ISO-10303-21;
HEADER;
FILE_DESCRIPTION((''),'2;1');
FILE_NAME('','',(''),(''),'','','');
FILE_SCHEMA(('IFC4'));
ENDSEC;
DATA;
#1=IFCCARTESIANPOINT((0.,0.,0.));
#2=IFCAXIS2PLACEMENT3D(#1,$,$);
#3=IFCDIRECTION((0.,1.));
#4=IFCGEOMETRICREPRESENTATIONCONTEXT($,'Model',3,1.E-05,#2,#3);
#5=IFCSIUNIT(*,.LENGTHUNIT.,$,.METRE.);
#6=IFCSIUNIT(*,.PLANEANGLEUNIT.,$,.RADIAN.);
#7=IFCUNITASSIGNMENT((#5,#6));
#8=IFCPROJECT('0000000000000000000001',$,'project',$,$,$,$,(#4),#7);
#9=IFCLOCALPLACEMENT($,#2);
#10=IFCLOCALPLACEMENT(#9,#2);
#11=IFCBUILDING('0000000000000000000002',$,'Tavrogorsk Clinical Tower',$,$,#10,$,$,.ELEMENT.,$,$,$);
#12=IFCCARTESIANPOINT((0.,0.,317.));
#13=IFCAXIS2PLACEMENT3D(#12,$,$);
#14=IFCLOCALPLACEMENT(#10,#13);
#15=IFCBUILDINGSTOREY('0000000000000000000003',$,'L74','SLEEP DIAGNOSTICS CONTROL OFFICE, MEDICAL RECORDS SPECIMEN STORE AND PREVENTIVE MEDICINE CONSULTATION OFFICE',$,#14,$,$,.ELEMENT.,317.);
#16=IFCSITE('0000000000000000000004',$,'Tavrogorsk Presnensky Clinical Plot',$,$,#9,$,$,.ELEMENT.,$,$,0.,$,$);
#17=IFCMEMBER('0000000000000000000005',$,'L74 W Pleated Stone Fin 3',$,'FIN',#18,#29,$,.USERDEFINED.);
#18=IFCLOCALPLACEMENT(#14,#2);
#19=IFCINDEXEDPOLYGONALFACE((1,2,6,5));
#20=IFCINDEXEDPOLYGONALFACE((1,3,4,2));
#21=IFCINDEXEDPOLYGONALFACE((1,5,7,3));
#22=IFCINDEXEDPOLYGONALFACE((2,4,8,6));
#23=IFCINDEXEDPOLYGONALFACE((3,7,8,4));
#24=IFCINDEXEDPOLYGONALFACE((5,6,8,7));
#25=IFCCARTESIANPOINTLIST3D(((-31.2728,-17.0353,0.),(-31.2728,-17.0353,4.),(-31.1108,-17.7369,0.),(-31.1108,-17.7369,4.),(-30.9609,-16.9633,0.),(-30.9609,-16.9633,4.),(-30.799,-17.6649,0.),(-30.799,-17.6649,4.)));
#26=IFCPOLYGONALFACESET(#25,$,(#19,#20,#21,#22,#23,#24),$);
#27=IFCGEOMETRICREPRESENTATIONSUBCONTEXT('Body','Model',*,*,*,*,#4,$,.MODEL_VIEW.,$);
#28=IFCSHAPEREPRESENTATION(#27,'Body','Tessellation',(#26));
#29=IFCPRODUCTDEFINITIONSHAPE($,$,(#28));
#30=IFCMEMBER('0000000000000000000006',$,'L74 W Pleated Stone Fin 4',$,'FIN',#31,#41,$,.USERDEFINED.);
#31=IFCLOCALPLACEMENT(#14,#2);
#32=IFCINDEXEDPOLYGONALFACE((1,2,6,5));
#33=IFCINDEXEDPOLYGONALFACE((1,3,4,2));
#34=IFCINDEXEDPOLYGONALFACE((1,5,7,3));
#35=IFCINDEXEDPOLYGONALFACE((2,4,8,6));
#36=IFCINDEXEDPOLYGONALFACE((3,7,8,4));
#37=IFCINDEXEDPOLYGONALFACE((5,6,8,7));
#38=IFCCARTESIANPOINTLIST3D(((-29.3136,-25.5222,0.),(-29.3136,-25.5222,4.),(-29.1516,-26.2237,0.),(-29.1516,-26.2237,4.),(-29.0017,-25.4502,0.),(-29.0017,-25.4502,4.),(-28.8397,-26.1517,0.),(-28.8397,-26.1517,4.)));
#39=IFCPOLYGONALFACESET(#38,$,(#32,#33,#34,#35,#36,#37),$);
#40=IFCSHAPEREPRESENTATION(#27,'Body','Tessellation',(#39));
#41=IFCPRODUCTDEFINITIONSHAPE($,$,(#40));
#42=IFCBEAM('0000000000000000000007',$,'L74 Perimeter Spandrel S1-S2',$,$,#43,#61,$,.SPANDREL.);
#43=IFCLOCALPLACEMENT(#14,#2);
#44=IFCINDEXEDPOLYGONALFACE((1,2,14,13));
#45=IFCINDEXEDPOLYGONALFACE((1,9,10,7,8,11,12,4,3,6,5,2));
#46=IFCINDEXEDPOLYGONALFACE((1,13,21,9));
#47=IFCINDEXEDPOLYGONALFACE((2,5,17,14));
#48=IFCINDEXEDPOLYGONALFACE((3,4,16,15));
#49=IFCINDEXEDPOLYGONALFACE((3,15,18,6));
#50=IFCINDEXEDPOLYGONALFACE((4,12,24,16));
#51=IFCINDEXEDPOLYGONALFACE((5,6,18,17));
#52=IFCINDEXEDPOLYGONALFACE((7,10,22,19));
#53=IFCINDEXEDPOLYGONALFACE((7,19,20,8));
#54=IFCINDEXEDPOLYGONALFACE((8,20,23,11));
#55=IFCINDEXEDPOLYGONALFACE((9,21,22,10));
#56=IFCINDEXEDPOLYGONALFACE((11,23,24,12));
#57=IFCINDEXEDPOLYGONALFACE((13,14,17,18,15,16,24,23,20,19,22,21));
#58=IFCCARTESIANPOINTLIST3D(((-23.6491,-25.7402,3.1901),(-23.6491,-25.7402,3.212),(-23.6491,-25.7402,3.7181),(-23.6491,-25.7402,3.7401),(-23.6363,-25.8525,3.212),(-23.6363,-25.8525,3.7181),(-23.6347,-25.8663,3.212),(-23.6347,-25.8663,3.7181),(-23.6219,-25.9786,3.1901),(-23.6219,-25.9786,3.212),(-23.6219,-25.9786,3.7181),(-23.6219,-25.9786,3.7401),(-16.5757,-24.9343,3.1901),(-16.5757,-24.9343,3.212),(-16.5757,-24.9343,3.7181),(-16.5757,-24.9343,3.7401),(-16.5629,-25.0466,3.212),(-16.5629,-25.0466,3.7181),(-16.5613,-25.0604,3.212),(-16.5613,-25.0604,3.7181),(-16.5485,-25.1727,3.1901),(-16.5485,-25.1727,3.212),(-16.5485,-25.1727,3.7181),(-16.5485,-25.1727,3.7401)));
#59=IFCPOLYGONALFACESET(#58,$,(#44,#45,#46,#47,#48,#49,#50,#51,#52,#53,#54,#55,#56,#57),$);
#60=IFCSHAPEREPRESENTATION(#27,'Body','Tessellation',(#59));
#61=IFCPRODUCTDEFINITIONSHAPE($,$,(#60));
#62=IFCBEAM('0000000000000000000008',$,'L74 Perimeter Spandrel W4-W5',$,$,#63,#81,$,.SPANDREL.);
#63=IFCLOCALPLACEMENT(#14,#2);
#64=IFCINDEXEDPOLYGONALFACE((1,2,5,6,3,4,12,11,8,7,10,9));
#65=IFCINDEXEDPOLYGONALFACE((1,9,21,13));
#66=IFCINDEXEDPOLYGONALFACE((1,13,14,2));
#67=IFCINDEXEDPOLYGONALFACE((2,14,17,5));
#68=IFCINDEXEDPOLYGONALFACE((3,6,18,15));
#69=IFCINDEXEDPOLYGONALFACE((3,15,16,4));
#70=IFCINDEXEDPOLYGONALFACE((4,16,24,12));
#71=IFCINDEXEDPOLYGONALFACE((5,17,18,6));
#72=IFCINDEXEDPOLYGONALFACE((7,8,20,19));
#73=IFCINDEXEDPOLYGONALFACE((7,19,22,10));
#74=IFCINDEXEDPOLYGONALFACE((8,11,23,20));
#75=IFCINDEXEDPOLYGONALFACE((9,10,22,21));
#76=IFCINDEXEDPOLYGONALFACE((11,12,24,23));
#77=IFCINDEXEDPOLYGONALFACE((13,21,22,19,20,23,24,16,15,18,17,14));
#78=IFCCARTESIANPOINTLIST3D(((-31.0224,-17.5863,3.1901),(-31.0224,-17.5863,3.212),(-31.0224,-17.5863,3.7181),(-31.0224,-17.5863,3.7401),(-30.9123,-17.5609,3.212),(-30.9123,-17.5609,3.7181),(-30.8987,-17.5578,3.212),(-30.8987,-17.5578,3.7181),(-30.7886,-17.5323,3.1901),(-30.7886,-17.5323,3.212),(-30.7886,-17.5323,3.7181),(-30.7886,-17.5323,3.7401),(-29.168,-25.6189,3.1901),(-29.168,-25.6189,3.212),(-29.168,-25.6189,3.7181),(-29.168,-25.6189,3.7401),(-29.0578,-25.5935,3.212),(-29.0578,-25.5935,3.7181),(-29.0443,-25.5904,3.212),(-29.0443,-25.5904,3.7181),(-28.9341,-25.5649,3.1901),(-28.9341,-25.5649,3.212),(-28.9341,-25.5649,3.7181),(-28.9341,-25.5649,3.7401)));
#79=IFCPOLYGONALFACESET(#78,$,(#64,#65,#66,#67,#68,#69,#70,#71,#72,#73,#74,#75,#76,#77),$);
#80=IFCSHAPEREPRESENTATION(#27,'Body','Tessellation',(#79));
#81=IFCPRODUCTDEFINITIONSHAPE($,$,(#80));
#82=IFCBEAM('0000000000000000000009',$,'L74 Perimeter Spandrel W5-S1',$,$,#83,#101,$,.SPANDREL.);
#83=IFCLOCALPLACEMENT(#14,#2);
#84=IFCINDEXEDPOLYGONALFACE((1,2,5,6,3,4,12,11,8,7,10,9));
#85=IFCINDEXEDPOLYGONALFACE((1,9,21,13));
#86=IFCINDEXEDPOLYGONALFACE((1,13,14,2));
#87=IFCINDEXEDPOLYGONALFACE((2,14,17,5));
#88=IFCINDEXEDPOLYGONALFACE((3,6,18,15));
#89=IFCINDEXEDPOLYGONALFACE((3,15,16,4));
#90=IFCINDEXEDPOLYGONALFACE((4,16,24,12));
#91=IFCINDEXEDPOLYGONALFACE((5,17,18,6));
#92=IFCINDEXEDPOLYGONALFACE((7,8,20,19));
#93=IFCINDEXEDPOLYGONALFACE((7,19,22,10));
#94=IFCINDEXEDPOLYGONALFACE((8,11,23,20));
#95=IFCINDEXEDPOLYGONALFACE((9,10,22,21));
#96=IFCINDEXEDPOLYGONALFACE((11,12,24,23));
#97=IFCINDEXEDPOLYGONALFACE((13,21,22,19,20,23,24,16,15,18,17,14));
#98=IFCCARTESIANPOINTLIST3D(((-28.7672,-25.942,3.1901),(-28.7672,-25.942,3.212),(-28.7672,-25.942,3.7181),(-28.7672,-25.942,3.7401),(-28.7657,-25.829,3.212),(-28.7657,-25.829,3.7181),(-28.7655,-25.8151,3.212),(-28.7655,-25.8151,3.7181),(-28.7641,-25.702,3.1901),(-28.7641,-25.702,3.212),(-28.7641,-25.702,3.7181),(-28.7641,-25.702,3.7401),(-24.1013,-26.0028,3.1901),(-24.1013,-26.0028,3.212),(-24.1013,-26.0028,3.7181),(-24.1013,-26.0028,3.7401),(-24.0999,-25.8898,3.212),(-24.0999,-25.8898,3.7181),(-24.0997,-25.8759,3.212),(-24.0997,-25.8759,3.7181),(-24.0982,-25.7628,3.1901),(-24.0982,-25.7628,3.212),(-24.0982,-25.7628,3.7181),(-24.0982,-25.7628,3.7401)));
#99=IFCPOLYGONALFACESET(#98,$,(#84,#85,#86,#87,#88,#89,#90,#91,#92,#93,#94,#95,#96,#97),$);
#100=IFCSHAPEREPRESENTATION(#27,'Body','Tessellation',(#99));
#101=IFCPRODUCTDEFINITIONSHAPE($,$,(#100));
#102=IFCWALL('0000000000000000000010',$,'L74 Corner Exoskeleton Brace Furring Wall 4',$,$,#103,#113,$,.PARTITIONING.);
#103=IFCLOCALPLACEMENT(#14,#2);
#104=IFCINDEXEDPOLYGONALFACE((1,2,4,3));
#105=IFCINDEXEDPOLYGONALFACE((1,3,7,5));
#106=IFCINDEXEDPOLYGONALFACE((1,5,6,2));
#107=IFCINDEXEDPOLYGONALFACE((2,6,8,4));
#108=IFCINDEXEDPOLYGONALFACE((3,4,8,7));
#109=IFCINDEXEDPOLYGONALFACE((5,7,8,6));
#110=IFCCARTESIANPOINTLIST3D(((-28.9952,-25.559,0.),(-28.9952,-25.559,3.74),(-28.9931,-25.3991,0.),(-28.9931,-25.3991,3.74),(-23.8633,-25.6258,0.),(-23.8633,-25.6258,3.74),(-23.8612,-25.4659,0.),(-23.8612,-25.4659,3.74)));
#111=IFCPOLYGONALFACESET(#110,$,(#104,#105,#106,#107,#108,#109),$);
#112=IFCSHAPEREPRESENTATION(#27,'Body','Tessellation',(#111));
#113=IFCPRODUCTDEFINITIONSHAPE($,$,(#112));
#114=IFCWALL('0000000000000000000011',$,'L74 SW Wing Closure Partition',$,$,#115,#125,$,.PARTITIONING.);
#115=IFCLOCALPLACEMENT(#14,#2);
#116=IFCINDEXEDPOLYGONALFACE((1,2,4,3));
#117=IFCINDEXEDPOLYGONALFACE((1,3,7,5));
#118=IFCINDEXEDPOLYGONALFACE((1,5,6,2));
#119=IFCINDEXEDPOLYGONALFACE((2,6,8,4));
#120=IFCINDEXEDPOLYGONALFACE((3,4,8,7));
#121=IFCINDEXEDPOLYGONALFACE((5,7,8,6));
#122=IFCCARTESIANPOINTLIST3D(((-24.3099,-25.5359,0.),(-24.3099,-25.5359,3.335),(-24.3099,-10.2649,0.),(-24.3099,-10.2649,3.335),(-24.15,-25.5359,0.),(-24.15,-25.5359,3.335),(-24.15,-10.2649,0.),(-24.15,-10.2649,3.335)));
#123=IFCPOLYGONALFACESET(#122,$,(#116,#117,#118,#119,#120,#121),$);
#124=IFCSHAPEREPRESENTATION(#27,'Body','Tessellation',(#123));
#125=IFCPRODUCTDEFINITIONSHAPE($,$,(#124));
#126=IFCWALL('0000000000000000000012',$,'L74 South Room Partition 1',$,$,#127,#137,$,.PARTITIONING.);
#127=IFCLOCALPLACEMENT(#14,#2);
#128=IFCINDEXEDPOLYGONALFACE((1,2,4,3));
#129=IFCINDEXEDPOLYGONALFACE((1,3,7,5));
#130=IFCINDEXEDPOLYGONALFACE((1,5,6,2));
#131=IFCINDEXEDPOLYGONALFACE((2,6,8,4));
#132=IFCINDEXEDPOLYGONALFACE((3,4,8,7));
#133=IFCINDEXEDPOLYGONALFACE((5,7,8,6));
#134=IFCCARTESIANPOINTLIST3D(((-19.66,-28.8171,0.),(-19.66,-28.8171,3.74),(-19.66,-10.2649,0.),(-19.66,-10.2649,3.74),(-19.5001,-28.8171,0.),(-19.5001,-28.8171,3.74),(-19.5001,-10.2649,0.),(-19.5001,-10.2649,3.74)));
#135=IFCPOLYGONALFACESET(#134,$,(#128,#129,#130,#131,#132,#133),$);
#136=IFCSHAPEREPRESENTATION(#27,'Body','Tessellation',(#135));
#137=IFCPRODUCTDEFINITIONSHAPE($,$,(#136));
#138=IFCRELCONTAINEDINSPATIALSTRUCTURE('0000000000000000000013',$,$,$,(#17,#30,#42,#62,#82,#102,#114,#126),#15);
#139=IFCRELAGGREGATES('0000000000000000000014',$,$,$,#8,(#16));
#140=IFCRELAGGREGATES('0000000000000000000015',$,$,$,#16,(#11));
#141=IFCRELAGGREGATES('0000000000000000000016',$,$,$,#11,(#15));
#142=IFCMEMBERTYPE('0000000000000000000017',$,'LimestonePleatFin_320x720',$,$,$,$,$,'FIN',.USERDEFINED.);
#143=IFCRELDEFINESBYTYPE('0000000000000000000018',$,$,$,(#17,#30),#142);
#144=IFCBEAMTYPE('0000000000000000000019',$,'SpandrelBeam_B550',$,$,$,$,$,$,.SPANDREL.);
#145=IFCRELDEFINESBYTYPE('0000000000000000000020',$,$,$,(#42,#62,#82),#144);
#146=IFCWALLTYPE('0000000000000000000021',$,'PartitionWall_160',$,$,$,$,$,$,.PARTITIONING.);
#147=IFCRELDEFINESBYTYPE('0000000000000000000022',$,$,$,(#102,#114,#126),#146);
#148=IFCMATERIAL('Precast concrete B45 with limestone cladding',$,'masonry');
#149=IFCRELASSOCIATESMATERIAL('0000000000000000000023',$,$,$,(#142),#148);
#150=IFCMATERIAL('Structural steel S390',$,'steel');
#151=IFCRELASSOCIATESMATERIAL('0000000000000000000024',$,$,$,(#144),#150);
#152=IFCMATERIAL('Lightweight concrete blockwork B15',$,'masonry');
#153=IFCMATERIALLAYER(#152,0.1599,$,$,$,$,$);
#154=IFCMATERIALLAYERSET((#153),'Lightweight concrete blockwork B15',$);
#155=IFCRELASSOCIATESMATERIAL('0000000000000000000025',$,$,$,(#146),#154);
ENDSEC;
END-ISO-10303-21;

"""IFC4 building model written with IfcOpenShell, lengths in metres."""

from ifc_helpers import new_model, si_unit, direction, frame, frame_2d, origin, origin_2d, place, context, subcontext, project, spatial, rectangle, i_section, extrude, material, layer, layer_set, material_profile, profile_set, type_object, element, save


model = new_model("IFC4")

# Units and contexts
model_context = context("Model", 3, precision=1e-05, world=origin(), true_north=direction((0.0, 1.0)))
body_context = subcontext(model_context, "Body", "Model", "MODEL_VIEW")
ifc_project = project(units=[si_unit("LENGTHUNIT", "METRE"), si_unit("PLANEANGLEUNIT", "RADIAN")], contexts=[model_context])

# Site, building, storey
site_placement = place(None, origin())
site = spatial("IfcSite", under=ifc_project, at=site_placement, Name="Tavrogorsk Presnensky Clinical Plot", CompositionType="ELEMENT", RefElevation=0.0)
building_placement = place(site_placement, origin())
building = spatial("IfcBuilding", under=site, at=building_placement, Name="Tavrogorsk Clinical Tower", CompositionType="ELEMENT")
storey_placement = place(building_placement, frame((0.0, 0.0, 317.0)))
storey = spatial("IfcBuildingStorey", under=building, at=storey_placement, Name="L74", Description="SLEEP DIAGNOSTICS CONTROL OFFICE, MEDICAL RECORDS SPECIMEN STORE AND PREVENTIVE MEDICINE CONSULTATION OFFICE", CompositionType="ELEMENT", Elevation=317.0)

# Members
ifc_material_1 = material(Name="Precast concrete B45 with limestone cladding", Category="masonry")
ifc_material_profile_1 = material_profile(ifc_material_1, rectangle(XDim=0.3201, YDim=0.72, at=origin_2d()), Name="LIMESTONE-FIN-320x720")
ifc_profile_set_1 = profile_set([ifc_material_profile_1], Name="Precast concrete B45 with limestone cladding")
member_type_1 = type_object("IfcMemberType", Name="LimestonePleatFin_320x720", ElementType="FIN", PredefinedType="USERDEFINED", material=ifc_profile_set_1)
for number, where, z_axis, x_axis, name in (
    (1, (-31.0359, -17.3501, 0.0), (0.0, 0.0, 1.0), (0.97437, 0.224951, 0.0), "L74 W Pleated Stone Fin 3"),
    (2, (-29.0767, -25.8369, 0.0), (0.0, 0.0, 1.0), (0.97437, 0.224951, 0.0), "L74 W Pleated Stone Fin 4"),
):
    element("IfcMember", number, at=place(storey_placement, frame(where, z_axis=z_axis, x_axis=x_axis)), inside=storey, type_object=member_type_1, Name=name, ObjectType="FIN", PredefinedType="USERDEFINED", context=body_context, shape_type="SweptSolid", body=[
        extrude(rectangle(XDim=0.3201, YDim=0.72, at=origin_2d()), origin(), (0.0, 0.0, 1.0), 4.0),
    ])

# Beams
ifc_material_2 = material(Name="Structural steel S390", Category="steel")
ifc_material_profile_2 = material_profile(ifc_material_2, i_section(OverallWidth=0.24, OverallDepth=0.55, WebThickness=0.0139, FlangeThickness=0.022, at=origin_2d()), Name="B-550x240x14x22")
ifc_profile_set_2 = profile_set([ifc_material_profile_2], Name="Structural steel S390")
beam_type_1 = type_object("IfcBeamType", Name="SpandrelBeam_B550", PredefinedType="SPANDREL", material=ifc_profile_set_2)
beam_1_placement = place(storey_placement, frame((-23.6355, -25.8594, 3.4651), z_axis=(0.993572, 0.113201, 0.0), x_axis=(-0.113201, 0.993572, 0.0)))
element("IfcBeam", 3, at=beam_1_placement, inside=storey, type_object=beam_type_1, Name="L74 Perimeter Spandrel S1-S2", PredefinedType="SPANDREL", context=body_context, shape_type="SweptSolid", body=[
    extrude(i_section(OverallWidth=0.24, OverallDepth=0.55, WebThickness=0.0139, FlangeThickness=0.022, at=origin_2d()), origin(), (0.0, 0.0, 1.0), 7.1191),
])
beam_2_placement = place(storey_placement, frame((-30.9055, -17.5593, 3.4651), z_axis=(0.22495, -0.97437, 0.0), x_axis=(0.97437, 0.22495, 0.0)))
element("IfcBeam", 4, at=beam_2_placement, inside=storey, type_object=beam_type_1, Name="L74 Perimeter Spandrel W4-W5", PredefinedType="SPANDREL", context=body_context, shape_type="SweptSolid", body=[
    extrude(i_section(OverallWidth=0.24, OverallDepth=0.55, WebThickness=0.0139, FlangeThickness=0.022, at=origin_2d()), origin(), (0.0, 0.0, 1.0), 8.2439),
])
beam_3_placement = place(storey_placement, frame((-28.7656, -25.822, 3.4651), z_axis=(0.999915, -0.013028, 0.0), x_axis=(0.013028, 0.999915, 0.0)))
element("IfcBeam", 5, at=beam_3_placement, inside=storey, type_object=beam_type_1, Name="L74 Perimeter Spandrel W5-S1", PredefinedType="SPANDREL", context=body_context, shape_type="SweptSolid", body=[
    extrude(i_section(OverallWidth=0.24, OverallDepth=0.55, WebThickness=0.0139, FlangeThickness=0.022, at=origin_2d()), origin(), (0.0, 0.0, 1.0), 4.6663),
])

# Walls
ifc_material_3 = material(Name="Lightweight concrete blockwork B15", Category="masonry")
ifc_layer_1 = layer(ifc_material_3, 0.1599)
ifc_layer_set_1 = layer_set([ifc_layer_1], Name="Lightweight concrete blockwork B15")
wall_type_1 = type_object("IfcWallType", Name="PartitionWall_160", PredefinedType="PARTITIONING", material=ifc_layer_set_1)
wall_1_placement = place(storey_placement, frame((-28.9941, -25.479, 0.0), z_axis=(0.0, 0.0, 1.0), x_axis=(0.999915, -0.013034, 0.0)))
element("IfcWall", 6, at=wall_1_placement, inside=storey, type_object=wall_type_1, Name="L74 Corner Exoskeleton Brace Furring Wall 4", PredefinedType="PARTITIONING", context=body_context, shape_type="SweptSolid", body=[
    extrude(rectangle(XDim=5.1323, YDim=0.1599, at=frame_2d((2.5662, 0.0))), origin(), (0.0, 0.0, 1.0), 3.74),
])
wall_2_placement = place(storey_placement, frame((-24.23, -25.5359, 0.0), z_axis=(0.0, 0.0, 1.0), x_axis=(0.0, 1.0, 0.0)))
element("IfcWall", 7, at=wall_2_placement, inside=storey, type_object=wall_type_1, Name="L74 SW Wing Closure Partition", PredefinedType="PARTITIONING", context=body_context, shape_type="SweptSolid", body=[
    extrude(rectangle(XDim=15.271, YDim=0.1599, at=frame_2d((7.6355, 0.0))), origin(), (0.0, 0.0, 1.0), 3.335),
])
wall_3_placement = place(storey_placement, frame((-19.5801, -28.8171, 0.0), z_axis=(0.0, 0.0, 1.0), x_axis=(0.0, 1.0, 0.0)))
element("IfcWall", 8, at=wall_3_placement, inside=storey, type_object=wall_type_1, Name="L74 South Room Partition 1", PredefinedType="PARTITIONING", context=body_context, shape_type="SweptSolid", body=[
    extrude(rectangle(XDim=18.5522, YDim=0.1599, at=frame_2d((9.2761, 0.0))), origin(), (0.0, 0.0, 1.0), 3.74),
])

save(model, "model.ifc")
